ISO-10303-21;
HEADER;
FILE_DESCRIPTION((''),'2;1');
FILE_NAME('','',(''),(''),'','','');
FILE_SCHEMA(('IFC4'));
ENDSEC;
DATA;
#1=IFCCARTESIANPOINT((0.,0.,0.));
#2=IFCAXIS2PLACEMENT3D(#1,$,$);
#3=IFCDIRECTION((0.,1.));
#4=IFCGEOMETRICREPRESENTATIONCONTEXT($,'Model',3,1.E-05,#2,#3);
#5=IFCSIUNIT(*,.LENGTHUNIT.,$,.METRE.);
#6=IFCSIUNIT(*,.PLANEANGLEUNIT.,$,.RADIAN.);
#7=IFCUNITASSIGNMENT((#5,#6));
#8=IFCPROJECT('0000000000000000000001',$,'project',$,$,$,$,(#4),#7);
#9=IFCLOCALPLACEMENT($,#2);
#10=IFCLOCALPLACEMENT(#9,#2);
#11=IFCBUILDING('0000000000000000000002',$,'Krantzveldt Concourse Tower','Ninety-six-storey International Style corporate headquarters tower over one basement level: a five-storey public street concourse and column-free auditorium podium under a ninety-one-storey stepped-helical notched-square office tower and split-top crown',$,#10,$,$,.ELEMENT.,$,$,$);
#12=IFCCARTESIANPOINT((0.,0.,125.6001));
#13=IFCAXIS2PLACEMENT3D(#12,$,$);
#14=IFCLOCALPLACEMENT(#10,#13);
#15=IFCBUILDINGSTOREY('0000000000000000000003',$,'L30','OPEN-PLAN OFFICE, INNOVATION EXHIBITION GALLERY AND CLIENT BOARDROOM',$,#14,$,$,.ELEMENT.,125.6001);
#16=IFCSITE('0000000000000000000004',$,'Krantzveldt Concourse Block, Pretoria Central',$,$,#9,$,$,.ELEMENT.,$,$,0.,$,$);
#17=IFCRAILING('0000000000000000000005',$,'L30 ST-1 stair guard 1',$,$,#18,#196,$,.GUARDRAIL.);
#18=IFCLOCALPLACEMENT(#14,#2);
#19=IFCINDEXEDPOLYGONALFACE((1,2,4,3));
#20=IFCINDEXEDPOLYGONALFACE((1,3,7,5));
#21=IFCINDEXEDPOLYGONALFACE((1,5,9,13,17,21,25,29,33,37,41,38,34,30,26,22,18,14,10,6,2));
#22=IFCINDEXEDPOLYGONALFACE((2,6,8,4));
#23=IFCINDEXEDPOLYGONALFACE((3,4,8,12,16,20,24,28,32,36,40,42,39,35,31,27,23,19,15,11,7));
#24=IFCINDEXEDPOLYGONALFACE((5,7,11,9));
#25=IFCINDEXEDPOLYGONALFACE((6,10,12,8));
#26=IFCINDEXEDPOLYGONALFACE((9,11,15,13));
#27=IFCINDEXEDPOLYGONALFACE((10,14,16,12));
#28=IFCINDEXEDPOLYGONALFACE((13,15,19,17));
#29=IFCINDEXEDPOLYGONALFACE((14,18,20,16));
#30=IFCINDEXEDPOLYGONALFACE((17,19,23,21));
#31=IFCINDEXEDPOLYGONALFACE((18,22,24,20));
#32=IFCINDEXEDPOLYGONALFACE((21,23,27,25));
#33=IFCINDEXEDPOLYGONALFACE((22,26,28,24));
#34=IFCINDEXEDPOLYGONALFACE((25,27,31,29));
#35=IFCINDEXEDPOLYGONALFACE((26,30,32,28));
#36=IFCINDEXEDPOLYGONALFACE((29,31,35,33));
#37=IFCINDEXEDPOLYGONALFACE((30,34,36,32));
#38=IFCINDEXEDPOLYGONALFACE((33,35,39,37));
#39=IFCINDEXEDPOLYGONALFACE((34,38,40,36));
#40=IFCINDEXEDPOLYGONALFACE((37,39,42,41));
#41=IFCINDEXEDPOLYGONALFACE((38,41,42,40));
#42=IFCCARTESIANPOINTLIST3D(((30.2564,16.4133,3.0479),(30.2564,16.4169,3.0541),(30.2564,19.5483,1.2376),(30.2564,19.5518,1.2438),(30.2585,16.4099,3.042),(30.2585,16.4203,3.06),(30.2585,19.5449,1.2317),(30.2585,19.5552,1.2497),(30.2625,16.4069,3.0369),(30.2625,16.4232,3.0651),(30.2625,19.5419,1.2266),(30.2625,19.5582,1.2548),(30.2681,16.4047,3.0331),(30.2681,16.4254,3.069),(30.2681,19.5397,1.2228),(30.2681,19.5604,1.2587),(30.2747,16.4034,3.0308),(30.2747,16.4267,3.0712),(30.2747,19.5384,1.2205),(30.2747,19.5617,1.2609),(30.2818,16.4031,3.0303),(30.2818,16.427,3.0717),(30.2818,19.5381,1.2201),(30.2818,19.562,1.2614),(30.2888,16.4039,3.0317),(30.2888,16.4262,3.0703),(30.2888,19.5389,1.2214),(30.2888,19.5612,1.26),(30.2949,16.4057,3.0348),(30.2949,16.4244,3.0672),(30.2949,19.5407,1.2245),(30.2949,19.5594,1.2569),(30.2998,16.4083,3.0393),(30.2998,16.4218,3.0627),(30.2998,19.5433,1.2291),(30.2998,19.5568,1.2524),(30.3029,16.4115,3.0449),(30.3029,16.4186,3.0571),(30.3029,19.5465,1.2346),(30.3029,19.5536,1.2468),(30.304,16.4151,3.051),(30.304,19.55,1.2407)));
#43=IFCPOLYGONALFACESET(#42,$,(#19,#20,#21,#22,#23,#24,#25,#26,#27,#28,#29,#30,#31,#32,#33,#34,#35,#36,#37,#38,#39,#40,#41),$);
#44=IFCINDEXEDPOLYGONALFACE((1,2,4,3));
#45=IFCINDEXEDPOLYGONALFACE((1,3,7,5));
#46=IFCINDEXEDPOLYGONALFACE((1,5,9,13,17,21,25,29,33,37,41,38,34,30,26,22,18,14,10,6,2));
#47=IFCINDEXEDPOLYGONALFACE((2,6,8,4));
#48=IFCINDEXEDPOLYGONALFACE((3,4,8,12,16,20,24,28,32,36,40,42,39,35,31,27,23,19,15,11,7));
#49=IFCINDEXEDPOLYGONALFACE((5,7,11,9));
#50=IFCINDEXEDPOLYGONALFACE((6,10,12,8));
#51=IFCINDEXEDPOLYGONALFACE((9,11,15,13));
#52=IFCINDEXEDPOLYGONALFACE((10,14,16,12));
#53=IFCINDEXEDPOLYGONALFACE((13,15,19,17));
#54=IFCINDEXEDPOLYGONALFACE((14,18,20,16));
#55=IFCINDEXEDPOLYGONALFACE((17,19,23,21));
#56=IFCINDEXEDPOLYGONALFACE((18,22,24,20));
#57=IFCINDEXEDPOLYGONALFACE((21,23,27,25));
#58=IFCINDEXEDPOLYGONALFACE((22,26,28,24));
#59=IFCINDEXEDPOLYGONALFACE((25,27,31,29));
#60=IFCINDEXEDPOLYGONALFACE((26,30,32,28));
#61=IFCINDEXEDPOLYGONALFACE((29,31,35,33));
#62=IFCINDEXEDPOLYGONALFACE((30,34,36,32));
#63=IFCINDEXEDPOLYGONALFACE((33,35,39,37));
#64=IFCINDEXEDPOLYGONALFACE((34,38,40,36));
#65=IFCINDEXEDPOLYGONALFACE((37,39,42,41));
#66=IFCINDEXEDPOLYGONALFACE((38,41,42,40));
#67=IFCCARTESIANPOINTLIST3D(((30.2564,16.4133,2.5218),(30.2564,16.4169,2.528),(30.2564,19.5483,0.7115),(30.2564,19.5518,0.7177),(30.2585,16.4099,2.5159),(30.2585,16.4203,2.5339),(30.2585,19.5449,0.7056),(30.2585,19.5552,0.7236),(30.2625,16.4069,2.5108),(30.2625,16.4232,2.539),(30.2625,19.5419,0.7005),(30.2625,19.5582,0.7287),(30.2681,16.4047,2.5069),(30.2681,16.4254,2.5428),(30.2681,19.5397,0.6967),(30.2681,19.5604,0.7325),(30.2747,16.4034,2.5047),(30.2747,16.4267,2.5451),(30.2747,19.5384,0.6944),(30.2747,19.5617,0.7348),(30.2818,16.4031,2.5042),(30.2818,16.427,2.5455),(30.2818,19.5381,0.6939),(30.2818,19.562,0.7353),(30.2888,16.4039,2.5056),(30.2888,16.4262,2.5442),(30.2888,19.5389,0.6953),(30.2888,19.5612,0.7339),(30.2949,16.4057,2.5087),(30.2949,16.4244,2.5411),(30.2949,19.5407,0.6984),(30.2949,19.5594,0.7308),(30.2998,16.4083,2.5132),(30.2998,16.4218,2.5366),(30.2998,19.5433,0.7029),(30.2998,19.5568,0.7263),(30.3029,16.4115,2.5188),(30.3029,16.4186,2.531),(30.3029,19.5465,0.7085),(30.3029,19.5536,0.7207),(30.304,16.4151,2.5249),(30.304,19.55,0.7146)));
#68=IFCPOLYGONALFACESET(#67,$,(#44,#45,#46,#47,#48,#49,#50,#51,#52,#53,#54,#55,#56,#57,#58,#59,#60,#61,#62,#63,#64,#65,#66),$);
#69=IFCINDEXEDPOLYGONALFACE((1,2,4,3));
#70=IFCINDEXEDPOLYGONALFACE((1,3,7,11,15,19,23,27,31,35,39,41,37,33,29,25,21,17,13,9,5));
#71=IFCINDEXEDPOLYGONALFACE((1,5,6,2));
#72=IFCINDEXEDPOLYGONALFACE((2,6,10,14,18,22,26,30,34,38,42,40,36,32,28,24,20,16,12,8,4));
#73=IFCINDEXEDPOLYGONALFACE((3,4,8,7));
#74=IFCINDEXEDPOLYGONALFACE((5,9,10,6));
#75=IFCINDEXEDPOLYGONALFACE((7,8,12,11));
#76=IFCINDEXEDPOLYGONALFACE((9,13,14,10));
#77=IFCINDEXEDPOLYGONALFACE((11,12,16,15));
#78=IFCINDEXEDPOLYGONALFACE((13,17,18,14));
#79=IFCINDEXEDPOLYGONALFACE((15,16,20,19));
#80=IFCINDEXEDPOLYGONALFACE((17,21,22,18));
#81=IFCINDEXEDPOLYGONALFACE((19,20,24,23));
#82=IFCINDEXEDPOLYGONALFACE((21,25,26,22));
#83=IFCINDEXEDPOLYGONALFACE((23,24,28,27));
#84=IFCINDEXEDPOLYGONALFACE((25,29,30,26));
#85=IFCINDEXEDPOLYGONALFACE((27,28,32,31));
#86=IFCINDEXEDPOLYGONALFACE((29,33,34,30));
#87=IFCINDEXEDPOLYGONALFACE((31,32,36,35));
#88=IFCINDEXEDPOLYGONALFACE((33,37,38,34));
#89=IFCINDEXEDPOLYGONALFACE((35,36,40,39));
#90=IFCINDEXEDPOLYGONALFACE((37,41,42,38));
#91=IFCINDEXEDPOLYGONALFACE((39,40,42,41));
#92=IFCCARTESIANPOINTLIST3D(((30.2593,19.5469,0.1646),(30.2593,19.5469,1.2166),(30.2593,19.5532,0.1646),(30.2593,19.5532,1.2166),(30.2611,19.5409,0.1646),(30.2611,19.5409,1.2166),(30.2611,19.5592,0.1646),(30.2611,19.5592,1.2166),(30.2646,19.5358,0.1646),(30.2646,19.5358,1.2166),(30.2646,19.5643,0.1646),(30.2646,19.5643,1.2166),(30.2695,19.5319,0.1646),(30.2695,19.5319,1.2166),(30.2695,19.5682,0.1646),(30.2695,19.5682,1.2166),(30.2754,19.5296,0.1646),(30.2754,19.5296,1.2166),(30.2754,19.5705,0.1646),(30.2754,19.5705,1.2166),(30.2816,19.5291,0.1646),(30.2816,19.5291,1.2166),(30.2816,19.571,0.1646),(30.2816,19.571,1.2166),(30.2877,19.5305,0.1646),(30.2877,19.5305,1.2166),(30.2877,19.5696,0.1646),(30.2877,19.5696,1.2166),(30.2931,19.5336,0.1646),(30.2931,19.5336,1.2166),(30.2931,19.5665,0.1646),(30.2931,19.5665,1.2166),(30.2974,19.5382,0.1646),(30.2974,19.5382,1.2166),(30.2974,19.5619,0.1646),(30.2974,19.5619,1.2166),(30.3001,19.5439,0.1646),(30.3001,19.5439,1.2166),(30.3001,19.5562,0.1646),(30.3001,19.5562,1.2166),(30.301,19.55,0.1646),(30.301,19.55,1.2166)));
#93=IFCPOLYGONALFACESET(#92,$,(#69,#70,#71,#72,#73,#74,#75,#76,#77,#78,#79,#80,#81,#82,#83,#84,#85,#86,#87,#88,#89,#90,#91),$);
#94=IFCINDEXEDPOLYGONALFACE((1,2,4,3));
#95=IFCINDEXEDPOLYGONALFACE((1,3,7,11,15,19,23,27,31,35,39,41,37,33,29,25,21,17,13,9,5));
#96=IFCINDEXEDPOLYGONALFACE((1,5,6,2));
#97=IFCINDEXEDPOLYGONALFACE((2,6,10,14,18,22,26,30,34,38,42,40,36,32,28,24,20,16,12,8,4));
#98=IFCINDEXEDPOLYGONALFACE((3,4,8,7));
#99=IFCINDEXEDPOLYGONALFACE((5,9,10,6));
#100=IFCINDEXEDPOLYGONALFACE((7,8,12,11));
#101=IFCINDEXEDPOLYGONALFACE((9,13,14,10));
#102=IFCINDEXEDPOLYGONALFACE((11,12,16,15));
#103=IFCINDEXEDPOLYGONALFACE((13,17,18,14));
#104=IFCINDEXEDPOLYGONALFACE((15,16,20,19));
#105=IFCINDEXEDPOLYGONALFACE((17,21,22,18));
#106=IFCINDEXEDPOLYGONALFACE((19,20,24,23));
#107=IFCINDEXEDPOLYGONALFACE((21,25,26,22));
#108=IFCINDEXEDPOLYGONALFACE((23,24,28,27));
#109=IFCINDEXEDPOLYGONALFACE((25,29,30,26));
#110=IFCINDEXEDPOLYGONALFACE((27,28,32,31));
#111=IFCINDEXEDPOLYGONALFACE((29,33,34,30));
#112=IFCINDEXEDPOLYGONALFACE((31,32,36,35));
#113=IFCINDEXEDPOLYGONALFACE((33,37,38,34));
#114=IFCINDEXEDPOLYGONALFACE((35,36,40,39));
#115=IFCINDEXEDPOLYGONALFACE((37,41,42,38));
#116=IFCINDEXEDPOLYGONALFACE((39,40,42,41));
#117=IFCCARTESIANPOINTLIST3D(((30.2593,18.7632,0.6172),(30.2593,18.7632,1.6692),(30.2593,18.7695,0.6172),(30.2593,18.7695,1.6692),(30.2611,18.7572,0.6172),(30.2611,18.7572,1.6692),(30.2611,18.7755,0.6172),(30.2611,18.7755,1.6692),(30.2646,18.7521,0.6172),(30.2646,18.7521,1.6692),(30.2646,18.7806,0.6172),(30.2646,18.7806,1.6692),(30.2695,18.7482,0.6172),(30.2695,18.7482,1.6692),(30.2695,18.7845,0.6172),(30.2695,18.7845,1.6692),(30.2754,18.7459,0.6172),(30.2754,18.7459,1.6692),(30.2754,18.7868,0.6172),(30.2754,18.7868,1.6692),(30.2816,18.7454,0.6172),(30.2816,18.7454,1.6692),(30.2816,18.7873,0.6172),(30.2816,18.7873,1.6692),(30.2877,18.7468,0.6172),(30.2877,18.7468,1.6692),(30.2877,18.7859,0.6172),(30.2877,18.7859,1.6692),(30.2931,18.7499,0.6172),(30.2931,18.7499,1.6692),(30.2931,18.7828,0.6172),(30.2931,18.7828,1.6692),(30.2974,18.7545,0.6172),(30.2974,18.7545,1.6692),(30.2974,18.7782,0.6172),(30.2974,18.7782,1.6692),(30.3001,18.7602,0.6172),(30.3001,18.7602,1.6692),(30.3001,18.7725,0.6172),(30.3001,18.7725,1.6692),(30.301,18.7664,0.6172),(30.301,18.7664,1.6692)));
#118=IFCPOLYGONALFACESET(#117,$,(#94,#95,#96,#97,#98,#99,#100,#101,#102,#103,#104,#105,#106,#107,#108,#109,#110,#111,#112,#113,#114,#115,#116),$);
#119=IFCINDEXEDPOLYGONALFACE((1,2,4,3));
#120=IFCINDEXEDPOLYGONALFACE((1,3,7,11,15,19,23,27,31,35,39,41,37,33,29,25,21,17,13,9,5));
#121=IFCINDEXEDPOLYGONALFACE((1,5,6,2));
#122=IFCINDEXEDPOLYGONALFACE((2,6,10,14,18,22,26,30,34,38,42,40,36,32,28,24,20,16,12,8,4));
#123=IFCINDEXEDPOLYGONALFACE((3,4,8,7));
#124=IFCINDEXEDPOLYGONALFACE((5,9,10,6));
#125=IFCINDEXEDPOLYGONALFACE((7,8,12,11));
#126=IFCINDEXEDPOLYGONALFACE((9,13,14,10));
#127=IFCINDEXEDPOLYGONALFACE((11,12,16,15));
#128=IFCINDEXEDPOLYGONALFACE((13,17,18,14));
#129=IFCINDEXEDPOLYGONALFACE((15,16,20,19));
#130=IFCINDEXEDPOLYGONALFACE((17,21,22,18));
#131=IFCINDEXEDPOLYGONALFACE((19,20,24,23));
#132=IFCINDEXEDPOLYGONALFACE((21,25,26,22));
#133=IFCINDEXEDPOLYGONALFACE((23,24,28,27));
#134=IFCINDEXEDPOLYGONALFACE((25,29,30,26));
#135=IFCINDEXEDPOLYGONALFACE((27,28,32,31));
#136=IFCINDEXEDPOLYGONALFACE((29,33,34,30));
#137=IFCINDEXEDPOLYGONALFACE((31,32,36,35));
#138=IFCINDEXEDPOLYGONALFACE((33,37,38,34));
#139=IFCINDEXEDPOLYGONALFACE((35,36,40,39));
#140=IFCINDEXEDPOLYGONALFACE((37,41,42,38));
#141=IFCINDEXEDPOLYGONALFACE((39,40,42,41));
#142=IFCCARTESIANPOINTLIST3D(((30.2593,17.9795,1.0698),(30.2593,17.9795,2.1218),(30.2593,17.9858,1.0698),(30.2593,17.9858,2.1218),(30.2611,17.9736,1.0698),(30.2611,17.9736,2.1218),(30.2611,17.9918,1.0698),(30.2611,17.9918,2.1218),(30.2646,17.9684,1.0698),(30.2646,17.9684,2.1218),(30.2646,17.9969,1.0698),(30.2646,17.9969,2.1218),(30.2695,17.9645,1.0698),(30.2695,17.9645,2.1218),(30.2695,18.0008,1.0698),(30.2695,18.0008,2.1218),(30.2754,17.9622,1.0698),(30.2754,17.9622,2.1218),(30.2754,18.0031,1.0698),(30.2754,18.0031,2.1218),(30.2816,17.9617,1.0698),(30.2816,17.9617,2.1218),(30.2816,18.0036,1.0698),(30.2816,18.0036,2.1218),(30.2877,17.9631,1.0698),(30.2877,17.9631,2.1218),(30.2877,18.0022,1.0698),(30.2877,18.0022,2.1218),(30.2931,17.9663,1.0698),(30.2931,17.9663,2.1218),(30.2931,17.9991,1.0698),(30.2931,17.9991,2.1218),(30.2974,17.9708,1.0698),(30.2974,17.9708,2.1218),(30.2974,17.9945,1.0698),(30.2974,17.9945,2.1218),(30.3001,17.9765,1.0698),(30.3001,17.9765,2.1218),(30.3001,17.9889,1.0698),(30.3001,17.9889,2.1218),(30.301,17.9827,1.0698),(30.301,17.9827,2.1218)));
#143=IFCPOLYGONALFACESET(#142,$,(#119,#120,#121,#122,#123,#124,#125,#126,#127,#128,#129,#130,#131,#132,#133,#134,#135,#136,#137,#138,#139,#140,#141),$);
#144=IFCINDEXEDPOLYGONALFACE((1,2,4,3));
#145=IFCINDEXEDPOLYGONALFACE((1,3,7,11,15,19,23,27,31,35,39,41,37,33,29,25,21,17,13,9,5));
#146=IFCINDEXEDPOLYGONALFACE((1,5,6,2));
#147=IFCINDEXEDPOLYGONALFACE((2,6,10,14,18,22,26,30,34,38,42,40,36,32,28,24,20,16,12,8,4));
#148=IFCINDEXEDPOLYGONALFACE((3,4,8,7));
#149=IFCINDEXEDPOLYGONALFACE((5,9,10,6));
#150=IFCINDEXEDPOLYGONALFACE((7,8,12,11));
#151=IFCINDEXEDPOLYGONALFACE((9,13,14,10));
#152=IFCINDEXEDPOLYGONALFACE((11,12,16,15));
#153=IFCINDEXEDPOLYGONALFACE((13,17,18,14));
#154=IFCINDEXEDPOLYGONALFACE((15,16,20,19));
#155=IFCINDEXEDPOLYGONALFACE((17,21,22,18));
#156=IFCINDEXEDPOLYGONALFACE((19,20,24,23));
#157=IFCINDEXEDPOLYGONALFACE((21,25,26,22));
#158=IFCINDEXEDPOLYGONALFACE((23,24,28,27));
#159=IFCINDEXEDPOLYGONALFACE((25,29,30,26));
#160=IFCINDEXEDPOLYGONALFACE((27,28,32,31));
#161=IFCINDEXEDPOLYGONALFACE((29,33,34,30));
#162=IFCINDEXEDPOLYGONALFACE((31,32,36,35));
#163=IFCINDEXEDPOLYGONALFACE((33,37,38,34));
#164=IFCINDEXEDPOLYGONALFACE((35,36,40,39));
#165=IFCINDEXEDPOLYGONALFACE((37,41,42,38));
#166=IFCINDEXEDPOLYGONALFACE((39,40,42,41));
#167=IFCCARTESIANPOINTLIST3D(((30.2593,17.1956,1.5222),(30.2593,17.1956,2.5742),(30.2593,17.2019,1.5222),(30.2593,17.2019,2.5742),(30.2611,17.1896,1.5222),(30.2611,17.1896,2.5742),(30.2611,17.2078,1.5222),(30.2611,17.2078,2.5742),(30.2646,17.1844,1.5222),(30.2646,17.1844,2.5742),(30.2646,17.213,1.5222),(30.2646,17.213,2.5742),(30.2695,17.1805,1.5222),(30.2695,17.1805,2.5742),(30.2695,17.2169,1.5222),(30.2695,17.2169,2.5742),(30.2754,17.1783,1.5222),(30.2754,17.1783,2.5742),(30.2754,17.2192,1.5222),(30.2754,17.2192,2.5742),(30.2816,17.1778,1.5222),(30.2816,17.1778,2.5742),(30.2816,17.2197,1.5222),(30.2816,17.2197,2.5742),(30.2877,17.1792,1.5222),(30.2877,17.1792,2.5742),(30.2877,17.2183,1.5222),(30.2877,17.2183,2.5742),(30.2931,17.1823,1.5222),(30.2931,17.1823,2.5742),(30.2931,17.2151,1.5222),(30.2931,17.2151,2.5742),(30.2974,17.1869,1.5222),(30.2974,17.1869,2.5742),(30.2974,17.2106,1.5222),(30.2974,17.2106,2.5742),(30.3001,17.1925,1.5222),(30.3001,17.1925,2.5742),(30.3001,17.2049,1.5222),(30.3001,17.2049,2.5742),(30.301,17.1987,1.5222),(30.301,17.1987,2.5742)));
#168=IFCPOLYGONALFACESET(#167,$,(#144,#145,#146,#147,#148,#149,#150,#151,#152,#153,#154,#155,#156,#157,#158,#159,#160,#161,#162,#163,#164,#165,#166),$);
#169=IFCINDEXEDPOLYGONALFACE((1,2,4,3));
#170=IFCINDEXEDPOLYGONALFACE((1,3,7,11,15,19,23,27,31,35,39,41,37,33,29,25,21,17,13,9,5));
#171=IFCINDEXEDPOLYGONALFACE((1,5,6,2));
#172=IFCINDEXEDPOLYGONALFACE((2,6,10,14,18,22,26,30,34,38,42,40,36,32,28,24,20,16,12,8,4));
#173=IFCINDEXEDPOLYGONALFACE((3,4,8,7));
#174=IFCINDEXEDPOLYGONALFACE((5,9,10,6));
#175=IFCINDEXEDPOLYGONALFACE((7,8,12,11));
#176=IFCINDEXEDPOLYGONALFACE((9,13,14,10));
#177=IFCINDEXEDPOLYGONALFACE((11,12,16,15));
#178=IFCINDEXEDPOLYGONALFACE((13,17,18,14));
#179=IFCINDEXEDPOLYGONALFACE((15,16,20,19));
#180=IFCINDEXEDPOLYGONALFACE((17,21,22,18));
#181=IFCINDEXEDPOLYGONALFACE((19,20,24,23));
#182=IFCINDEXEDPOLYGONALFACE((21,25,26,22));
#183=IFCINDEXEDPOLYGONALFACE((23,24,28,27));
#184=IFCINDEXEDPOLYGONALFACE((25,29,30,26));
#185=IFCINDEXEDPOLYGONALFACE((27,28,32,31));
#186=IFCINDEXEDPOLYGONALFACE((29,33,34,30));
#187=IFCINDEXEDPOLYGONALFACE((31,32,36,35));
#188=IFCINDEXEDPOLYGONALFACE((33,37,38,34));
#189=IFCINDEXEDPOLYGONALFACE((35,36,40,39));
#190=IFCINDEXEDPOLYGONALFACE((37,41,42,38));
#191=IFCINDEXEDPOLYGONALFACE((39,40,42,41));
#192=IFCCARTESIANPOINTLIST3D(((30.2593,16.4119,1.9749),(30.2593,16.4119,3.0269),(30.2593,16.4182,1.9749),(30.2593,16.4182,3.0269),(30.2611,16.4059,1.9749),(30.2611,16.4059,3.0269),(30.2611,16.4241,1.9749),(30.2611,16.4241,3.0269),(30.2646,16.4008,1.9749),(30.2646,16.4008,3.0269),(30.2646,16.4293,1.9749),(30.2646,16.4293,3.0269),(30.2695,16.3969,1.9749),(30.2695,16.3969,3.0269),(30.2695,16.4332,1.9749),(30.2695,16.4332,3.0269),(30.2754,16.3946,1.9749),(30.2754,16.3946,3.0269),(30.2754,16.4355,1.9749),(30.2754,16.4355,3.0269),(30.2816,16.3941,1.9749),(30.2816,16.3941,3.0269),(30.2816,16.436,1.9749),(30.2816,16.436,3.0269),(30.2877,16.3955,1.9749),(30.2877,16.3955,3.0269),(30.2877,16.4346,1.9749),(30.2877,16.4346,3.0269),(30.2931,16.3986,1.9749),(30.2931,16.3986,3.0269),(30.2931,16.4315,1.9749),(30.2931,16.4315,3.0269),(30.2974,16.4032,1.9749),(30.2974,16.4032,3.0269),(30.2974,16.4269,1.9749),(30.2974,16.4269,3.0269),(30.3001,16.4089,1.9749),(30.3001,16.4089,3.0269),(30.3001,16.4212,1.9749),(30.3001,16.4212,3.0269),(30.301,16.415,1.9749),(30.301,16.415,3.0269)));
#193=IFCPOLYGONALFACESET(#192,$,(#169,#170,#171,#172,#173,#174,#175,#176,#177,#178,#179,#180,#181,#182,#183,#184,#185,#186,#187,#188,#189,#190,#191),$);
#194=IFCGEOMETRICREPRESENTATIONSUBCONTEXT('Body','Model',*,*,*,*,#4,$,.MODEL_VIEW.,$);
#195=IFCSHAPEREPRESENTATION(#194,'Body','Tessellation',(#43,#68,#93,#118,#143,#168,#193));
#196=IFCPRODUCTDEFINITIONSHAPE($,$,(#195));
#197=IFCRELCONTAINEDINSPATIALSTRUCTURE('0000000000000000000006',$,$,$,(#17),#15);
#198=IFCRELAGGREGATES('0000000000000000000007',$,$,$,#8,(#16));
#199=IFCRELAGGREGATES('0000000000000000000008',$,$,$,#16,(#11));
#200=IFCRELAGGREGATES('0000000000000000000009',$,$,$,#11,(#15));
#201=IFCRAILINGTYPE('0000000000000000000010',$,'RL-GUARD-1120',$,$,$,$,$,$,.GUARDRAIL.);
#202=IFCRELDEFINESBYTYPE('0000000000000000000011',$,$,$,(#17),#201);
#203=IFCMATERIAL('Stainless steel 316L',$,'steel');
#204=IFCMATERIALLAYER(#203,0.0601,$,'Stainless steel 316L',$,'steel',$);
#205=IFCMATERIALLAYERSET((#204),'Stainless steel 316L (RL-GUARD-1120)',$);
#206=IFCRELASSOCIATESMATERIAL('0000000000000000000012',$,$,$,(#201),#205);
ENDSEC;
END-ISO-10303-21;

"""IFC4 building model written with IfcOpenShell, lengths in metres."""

from ifc_helpers import new_model, si_unit, direction, frame, origin, origin_2d, place, context, subcontext, project, spatial, circle, extrude, material, layer, layer_set, type_object, element, save


model = new_model("IFC4")

# Units and contexts
model_context = context("Model", 3, precision=1e-05, world=origin(), true_north=direction((0.0, 1.0)))
body_context = subcontext(model_context, "Body", "Model", "MODEL_VIEW")
ifc_project = project(units=[si_unit("LENGTHUNIT", "METRE"), si_unit("PLANEANGLEUNIT", "RADIAN")], contexts=[model_context])

# Site, building, storey
site_placement = place(None, origin())
site = spatial("IfcSite", under=ifc_project, at=site_placement, Name="Krantzveldt Concourse Block, Pretoria Central", CompositionType="ELEMENT", RefElevation=0.0)
building_placement = place(site_placement, origin())
building = spatial("IfcBuilding", under=site, at=building_placement, Name="Krantzveldt Concourse Tower", Description="Ninety-six-storey International Style corporate headquarters tower over one basement level: a five-storey public street concourse and column-free auditorium podium under a ninety-one-storey stepped-helical notched-square office tower and split-top crown", CompositionType="ELEMENT")
storey_placement = place(building_placement, frame((0.0, 0.0, 125.6001)))
storey = spatial("IfcBuildingStorey", under=building, at=storey_placement, Name="L30", Description="OPEN-PLAN OFFICE, INNOVATION EXHIBITION GALLERY AND CLIENT BOARDROOM", CompositionType="ELEMENT", Elevation=125.6001)

# Railing
ifc_material_1 = material(Name="Stainless steel 316L", Category="steel")
ifc_layer_1 = layer(ifc_material_1, 0.0601, Name="Stainless steel 316L", Category="steel")
ifc_layer_set_1 = layer_set([ifc_layer_1], Name="Stainless steel 316L (RL-GUARD-1120)")
railing_type_1 = type_object("IfcRailingType", Name="RL-GUARD-1120", PredefinedType="GUARDRAIL", material=ifc_layer_set_1)
railing_1_placement = place(storey_placement, frame((30.28, 19.55, 0.1646)))
element("IfcRailing", 1, at=railing_1_placement, inside=storey, type_object=railing_type_1, Name="L30 ST-1 stair guard 1", PredefinedType="GUARDRAIL", context=body_context, shape_type="SweptSolid", body=[
    extrude(circle(Radius=0.0239, at=origin_2d()), frame((0.0, 0.0, 1.0762), z_axis=(0.0, -0.865989, 0.500063), x_axis=(1.0, 0.0, 0.0)), (0.0, 0.0, 1.0), 3.6201),
    extrude(circle(Radius=0.0239, at=origin_2d()), frame((0.0, 0.0, 0.55), z_axis=(0.0, -0.865989, 0.500063), x_axis=(1.0, 0.0, 0.0)), (0.0, 0.0, 1.0), 3.6201),
    extrude(circle(Radius=0.021, at=origin_2d()), origin(), (0.0, 0.0, 1.0), 1.052),
    extrude(circle(Radius=0.021, at=origin_2d()), frame((0.0, -0.7837, 0.4526)), (0.0, 0.0, 1.0), 1.052),
    extrude(circle(Radius=0.021, at=origin_2d()), frame((0.0, -1.5674, 0.9053)), (0.0, 0.0, 1.0), 1.052),
    extrude(circle(Radius=0.021, at=origin_2d()), frame((0.0, -2.3513, 1.3577)), (0.0, 0.0, 1.0), 1.052),
    extrude(circle(Radius=0.021, at=origin_2d()), frame((0.0, -3.135, 1.8103)), (0.0, 0.0, 1.0), 1.052),
])

save(model, "model.ifc")
